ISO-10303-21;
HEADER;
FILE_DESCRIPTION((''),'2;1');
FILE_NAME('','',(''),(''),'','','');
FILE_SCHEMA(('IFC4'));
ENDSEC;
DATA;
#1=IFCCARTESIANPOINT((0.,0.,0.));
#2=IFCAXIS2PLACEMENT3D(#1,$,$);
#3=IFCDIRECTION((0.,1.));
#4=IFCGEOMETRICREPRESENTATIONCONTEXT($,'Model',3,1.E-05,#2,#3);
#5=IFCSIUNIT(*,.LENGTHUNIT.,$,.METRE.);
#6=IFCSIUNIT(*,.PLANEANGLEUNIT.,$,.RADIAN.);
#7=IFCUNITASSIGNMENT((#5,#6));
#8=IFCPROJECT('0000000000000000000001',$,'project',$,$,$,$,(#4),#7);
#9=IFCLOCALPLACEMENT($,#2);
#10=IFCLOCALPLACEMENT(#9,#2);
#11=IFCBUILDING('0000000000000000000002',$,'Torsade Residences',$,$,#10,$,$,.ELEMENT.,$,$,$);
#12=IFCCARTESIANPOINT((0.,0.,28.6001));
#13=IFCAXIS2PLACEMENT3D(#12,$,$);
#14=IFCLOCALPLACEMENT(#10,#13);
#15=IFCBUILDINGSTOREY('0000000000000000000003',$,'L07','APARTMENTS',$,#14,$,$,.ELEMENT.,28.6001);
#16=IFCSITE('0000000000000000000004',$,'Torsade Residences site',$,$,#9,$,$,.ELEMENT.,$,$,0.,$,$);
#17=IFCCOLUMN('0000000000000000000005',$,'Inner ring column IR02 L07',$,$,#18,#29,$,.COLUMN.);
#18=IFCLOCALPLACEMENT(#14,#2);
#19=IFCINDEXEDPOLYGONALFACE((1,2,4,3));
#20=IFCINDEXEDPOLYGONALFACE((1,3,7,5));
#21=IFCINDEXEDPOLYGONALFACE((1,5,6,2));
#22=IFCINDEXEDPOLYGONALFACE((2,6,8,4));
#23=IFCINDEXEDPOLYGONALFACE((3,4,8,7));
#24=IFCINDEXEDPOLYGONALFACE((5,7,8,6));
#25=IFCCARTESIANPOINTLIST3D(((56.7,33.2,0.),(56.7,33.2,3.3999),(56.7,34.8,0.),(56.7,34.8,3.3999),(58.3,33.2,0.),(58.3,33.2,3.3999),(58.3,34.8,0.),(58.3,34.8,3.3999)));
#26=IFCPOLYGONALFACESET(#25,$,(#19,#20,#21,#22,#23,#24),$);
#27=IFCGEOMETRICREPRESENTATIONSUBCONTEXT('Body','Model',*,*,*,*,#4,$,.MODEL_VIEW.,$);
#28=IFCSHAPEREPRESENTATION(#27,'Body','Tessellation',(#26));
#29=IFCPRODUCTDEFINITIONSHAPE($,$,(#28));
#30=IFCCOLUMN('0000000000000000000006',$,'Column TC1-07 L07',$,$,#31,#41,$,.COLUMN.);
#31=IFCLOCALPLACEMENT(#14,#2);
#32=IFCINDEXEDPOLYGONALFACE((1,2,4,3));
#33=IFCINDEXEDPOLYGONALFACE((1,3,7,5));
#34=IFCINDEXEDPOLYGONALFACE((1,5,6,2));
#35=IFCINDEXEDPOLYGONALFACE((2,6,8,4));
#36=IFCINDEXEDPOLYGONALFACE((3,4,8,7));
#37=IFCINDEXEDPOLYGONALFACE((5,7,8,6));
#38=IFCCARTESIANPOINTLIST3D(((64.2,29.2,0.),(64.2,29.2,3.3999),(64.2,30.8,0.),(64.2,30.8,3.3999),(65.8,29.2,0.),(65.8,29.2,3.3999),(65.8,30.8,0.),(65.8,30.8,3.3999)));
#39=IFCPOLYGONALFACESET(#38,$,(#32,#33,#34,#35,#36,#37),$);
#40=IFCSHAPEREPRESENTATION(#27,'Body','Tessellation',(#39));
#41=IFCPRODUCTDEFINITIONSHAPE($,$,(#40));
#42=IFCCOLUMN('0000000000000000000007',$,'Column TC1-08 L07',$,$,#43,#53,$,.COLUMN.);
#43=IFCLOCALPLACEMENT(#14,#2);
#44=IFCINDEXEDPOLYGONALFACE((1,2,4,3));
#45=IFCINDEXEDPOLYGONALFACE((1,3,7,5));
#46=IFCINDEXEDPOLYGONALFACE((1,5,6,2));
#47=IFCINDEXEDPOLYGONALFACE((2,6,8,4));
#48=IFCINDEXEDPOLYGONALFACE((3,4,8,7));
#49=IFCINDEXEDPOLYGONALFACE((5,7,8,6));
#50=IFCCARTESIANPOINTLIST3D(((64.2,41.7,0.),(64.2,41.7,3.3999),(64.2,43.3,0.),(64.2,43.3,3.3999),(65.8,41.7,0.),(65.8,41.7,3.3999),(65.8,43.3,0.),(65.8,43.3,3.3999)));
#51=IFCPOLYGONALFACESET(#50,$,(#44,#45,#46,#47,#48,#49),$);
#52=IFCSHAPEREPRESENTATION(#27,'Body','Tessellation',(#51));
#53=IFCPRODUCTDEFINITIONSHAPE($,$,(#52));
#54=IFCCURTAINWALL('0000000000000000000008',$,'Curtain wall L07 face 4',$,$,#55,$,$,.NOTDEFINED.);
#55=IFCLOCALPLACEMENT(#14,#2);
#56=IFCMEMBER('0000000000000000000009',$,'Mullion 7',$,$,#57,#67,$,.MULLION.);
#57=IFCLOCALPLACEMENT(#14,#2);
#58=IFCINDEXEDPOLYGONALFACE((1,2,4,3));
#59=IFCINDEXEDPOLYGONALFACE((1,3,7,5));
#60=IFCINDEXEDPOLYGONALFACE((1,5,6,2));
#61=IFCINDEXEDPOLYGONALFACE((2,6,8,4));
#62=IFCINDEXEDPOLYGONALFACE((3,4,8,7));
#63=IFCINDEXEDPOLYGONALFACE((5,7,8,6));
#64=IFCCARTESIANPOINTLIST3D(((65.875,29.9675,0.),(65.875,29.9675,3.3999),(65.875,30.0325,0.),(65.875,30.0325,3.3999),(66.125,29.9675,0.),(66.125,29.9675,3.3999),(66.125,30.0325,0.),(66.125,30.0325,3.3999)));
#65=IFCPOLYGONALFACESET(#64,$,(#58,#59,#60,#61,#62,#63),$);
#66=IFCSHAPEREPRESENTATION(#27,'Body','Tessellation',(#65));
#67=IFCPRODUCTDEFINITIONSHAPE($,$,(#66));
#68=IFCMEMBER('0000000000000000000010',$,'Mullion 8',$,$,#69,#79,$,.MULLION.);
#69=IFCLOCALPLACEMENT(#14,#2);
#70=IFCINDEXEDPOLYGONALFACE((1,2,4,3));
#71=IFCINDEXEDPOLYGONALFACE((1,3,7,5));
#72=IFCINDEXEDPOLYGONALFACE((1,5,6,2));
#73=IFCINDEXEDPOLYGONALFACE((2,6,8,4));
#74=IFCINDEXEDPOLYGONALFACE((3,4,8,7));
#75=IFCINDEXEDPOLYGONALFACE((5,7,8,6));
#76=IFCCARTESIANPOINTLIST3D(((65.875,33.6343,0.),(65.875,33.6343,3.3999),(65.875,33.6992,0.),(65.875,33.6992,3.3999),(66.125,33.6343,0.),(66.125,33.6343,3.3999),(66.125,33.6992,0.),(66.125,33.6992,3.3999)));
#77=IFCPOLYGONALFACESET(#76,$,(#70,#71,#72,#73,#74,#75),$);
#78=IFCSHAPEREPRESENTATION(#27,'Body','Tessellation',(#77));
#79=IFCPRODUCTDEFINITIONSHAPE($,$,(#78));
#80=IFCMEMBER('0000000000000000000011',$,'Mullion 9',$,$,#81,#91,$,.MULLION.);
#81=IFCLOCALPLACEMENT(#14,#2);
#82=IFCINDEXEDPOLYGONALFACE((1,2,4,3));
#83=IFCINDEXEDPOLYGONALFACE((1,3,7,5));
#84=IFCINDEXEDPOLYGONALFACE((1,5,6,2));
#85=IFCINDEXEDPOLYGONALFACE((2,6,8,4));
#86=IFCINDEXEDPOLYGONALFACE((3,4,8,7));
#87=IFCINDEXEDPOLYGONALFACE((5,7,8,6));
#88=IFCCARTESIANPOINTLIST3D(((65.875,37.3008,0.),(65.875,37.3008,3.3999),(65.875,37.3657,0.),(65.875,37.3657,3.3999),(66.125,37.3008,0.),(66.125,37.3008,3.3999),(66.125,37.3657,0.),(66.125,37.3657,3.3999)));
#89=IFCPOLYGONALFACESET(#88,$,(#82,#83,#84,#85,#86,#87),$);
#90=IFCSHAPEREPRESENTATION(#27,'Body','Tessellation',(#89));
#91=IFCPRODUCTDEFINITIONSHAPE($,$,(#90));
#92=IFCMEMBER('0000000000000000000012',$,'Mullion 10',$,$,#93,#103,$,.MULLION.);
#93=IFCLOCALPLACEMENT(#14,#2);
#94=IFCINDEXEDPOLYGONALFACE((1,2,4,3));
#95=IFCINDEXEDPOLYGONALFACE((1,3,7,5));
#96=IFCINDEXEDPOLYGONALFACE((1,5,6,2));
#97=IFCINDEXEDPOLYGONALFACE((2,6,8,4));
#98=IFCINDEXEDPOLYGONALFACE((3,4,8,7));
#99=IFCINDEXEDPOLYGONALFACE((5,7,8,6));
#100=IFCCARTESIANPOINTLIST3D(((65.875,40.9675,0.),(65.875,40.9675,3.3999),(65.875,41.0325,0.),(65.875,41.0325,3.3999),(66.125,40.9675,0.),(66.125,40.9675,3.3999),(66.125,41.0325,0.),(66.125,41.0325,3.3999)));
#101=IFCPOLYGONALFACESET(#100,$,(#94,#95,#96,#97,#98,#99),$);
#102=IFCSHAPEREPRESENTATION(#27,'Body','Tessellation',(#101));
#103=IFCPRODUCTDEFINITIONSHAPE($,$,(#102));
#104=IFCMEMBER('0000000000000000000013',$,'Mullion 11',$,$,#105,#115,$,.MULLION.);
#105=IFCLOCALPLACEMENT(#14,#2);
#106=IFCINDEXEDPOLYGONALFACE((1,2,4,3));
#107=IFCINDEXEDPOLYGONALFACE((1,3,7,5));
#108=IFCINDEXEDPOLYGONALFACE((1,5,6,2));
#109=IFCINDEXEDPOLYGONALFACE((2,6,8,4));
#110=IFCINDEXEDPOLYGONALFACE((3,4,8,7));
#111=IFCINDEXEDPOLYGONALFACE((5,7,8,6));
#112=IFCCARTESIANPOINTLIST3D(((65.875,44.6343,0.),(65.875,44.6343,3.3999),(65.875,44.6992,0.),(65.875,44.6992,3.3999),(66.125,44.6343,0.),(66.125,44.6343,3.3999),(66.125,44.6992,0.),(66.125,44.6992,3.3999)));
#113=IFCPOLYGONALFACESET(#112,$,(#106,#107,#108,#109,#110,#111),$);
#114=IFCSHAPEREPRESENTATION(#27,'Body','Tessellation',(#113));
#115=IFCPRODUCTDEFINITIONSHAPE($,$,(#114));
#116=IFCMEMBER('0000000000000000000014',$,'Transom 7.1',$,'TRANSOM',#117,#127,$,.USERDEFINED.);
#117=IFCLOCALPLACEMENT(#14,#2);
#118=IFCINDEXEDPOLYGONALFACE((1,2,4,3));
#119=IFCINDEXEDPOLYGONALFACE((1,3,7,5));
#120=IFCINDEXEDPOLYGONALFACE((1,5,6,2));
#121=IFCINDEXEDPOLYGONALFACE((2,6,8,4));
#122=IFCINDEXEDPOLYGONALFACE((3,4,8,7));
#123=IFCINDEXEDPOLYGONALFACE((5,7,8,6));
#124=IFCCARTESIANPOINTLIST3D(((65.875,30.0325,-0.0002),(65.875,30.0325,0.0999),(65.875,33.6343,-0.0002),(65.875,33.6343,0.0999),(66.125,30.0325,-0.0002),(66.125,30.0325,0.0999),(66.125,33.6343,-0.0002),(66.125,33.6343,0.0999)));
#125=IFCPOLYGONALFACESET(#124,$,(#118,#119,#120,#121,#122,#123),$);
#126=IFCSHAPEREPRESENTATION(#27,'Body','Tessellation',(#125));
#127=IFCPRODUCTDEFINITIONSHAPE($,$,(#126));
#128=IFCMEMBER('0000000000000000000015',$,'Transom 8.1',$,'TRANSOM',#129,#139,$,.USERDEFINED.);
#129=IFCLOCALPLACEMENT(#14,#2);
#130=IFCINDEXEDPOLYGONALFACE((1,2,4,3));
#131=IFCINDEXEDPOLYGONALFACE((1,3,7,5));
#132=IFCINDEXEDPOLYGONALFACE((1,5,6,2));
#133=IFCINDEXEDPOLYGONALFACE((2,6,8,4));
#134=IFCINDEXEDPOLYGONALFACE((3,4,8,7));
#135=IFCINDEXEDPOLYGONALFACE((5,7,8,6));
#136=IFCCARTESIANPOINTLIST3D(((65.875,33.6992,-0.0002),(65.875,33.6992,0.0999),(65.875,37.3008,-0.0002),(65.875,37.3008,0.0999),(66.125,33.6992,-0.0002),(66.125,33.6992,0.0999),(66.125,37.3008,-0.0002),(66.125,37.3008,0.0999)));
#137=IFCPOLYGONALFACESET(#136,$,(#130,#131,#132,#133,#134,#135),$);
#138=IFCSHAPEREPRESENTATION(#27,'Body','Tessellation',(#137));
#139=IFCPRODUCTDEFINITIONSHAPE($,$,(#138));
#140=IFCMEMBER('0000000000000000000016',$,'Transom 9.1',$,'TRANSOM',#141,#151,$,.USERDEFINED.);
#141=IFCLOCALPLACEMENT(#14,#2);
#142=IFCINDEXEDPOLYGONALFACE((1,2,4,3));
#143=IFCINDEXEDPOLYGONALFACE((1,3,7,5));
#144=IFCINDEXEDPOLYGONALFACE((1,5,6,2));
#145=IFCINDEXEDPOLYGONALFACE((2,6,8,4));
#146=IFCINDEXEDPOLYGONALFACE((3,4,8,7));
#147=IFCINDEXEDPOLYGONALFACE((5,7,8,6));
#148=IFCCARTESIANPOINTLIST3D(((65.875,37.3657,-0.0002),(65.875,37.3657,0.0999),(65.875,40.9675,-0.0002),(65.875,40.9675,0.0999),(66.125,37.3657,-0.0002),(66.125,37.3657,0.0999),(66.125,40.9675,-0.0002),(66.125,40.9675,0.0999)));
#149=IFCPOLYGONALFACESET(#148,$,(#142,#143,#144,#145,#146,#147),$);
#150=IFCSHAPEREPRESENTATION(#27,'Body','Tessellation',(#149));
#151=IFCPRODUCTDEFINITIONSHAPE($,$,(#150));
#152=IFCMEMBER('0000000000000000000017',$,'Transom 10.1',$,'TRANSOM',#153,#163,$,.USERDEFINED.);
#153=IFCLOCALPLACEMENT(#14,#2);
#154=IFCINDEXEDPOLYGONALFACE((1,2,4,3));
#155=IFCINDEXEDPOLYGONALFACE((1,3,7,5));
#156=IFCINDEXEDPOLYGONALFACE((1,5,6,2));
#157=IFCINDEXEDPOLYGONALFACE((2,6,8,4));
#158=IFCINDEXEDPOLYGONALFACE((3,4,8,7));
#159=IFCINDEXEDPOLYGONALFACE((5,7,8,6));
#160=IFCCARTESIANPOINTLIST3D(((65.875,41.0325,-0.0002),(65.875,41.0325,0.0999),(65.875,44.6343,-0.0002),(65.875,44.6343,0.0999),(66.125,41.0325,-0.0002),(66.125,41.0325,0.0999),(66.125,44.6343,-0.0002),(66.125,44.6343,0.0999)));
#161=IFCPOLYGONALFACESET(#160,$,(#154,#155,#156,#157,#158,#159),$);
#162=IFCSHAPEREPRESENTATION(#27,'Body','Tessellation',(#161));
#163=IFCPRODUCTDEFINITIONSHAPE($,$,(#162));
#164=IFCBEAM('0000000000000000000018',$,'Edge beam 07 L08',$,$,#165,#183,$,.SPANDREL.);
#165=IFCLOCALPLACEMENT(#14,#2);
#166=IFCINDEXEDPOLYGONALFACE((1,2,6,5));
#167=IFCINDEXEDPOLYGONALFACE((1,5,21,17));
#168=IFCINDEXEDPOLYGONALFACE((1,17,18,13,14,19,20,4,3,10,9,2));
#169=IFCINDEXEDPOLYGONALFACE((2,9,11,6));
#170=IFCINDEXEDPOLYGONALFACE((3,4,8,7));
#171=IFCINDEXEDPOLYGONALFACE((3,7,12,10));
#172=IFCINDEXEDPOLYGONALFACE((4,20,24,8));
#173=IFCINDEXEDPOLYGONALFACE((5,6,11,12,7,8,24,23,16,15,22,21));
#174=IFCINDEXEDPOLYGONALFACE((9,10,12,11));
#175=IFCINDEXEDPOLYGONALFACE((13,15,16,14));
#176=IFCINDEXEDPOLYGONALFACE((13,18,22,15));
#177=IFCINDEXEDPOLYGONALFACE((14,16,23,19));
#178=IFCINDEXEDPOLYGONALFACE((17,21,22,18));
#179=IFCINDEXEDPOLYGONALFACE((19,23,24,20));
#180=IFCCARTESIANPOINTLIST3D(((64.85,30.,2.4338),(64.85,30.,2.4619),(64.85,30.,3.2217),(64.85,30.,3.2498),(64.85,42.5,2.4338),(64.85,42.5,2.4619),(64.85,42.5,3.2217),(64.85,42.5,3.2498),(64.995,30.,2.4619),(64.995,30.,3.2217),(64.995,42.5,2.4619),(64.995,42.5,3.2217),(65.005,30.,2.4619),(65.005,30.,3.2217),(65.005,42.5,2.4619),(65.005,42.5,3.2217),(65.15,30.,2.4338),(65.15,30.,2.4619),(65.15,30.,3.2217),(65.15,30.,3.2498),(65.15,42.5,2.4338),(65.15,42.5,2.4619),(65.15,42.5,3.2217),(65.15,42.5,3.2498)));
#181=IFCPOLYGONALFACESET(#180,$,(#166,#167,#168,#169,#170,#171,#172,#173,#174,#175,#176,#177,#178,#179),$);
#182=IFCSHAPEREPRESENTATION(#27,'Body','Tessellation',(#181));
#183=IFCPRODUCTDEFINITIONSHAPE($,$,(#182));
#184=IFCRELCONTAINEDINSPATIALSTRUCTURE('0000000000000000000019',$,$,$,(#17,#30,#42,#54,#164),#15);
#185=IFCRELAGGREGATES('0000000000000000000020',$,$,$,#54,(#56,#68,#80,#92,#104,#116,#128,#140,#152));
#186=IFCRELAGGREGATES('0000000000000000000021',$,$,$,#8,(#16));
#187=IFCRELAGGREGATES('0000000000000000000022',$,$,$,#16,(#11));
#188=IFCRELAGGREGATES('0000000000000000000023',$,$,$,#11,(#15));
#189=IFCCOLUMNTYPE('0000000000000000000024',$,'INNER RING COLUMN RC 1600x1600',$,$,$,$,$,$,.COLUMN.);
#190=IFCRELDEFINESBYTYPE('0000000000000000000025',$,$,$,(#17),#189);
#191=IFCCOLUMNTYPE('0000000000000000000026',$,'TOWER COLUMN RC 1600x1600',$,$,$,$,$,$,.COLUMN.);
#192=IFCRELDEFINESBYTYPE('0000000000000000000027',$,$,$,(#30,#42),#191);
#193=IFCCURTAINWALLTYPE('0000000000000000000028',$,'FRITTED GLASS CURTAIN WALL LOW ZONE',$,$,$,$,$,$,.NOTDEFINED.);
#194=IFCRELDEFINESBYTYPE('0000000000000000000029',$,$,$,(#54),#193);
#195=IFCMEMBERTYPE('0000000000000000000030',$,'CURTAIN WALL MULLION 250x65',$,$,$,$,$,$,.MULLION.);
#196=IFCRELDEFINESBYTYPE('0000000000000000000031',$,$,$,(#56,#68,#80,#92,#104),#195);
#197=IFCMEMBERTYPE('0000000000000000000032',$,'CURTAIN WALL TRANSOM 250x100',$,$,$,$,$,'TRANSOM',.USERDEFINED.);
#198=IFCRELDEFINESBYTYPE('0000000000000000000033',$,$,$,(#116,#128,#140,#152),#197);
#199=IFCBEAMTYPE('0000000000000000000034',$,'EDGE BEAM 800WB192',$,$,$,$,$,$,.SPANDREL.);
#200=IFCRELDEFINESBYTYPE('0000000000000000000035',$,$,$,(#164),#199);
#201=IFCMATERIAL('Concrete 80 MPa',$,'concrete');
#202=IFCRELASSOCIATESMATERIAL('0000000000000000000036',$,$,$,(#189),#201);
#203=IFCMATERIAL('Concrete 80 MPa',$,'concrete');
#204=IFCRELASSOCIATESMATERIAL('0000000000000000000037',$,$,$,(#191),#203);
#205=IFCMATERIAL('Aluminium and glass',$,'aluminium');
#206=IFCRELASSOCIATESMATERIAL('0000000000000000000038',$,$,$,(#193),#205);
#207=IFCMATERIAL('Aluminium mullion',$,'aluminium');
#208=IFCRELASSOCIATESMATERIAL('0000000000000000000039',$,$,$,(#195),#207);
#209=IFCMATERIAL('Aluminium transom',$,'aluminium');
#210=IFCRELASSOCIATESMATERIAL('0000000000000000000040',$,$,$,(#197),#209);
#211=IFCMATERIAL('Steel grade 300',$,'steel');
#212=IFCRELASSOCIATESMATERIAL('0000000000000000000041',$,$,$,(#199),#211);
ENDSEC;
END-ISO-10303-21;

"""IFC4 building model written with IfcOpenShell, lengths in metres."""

from ifc_helpers import new_model, si_unit, direction, frame, origin, origin_2d, place, context, subcontext, project, spatial, rectangle, i_section, extrude, material, material_profile, profile_set, type_object, element, aggregate, save


model = new_model("IFC4")

# Units and contexts
model_context = context("Model", 3, precision=1e-05, world=origin(), true_north=direction((0.0, 1.0)))
body_context = subcontext(model_context, "Body", "Model", "MODEL_VIEW")
ifc_project = project(units=[si_unit("LENGTHUNIT", "METRE"), si_unit("PLANEANGLEUNIT", "RADIAN")], contexts=[model_context])

# Site, building, storey
site_placement = place(None, origin())
site = spatial("IfcSite", under=ifc_project, at=site_placement, Name="Torsade Residences site", CompositionType="ELEMENT", RefElevation=0.0)
building_placement = place(site_placement, origin())
building = spatial("IfcBuilding", under=site, at=building_placement, Name="Torsade Residences", CompositionType="ELEMENT")
storey_placement = place(building_placement, frame((0.0, 0.0, 28.6001)))
storey = spatial("IfcBuildingStorey", under=building, at=storey_placement, Name="L07", Description="APARTMENTS", CompositionType="ELEMENT", Elevation=28.6001)

# Columns
ifc_material_1 = material(Name="Concrete 80 MPa", Category="concrete")
ifc_material_profile_1 = material_profile(ifc_material_1, rectangle(XDim=1.6001, YDim=1.6001, at=origin_2d()), Name="RC 1600x1600")
ifc_profile_set_1 = profile_set([ifc_material_profile_1], Name="Concrete 80 MPa")
column_type_1 = type_object("IfcColumnType", Name="INNER RING COLUMN RC 1600x1600", PredefinedType="COLUMN", material=ifc_profile_set_1)
column_placement = place(storey_placement, frame((57.5, 34.0, 0.0), z_axis=(0.0, 0.0, 1.0), x_axis=(1.0, 0.0, 0.0)))
element("IfcColumn", 1, at=column_placement, inside=storey, type_object=column_type_1, Name="Inner ring column IR02 L07", PredefinedType="COLUMN", context=body_context, shape_type="SweptSolid", body=[
    extrude(rectangle(XDim=1.6001, YDim=1.6001, at=origin_2d()), origin(), (0.0, 0.0, 1.0), 3.3999),
])
ifc_material_2 = material(Name="Concrete 80 MPa", Category="concrete")
ifc_material_profile_2 = material_profile(ifc_material_2, rectangle(XDim=1.6001, YDim=1.6001, at=origin_2d()), Name="RC 1600x1600")
ifc_profile_set_2 = profile_set([ifc_material_profile_2], Name="Concrete 80 MPa")
column_type_2 = type_object("IfcColumnType", Name="TOWER COLUMN RC 1600x1600", PredefinedType="COLUMN", material=ifc_profile_set_2)
for number, where, z_axis, x_axis, name in (
    (2, (65.0, 30.0, 0.0), (0.0, 0.0, 1.0), (1.0, 0.0, 0.0), "Column TC1-07 L07"),
    (3, (65.0, 42.5, 0.0), (0.0, 0.0, 1.0), (1.0, 0.0, 0.0), "Column TC1-08 L07"),
):
    element("IfcColumn", number, at=place(storey_placement, frame(where, z_axis=z_axis, x_axis=x_axis)), inside=storey, type_object=column_type_2, Name=name, PredefinedType="COLUMN", context=body_context, shape_type="SweptSolid", body=[
        extrude(rectangle(XDim=1.6001, YDim=1.6001, at=origin_2d()), origin(), (0.0, 0.0, 1.0), 3.3999),
    ])

# Curtain wall, members
ifc_material_3 = material(Name="Aluminium and glass", Category="aluminium")
curtain_wall_type = type_object("IfcCurtainWallType", Name="FRITTED GLASS CURTAIN WALL LOW ZONE", PredefinedType="NOTDEFINED", material=ifc_material_3)
curtain_wall_placement = place(storey_placement, origin())
curtain_wall = element("IfcCurtainWall", 4, at=curtain_wall_placement, inside=storey, type_object=curtain_wall_type, Name="Curtain wall L07 face 4", PredefinedType="NOTDEFINED")
ifc_material_4 = material(Name="Aluminium mullion", Category="aluminium")
ifc_material_profile_3 = material_profile(ifc_material_4, rectangle(XDim=0.25, YDim=0.0649, at=origin_2d()), Name="CURTAIN WALL MULLION 250x65")
ifc_profile_set_3 = profile_set([ifc_material_profile_3], Name="Aluminium mullion")
member_type_1 = type_object("IfcMemberType", Name="CURTAIN WALL MULLION 250x65", PredefinedType="MULLION", material=ifc_profile_set_3)
member_1_placement = place(storey_placement, frame((66.0, 30.0, 0.0), z_axis=(0.0, 0.0, 1.0), x_axis=(-1.0, 0.0, 0.0)))
member_1 = element("IfcMember", 5, at=member_1_placement, type_object=member_type_1, Name="Mullion 7", PredefinedType="MULLION", context=body_context, shape_type="SweptSolid", body=[
    extrude(rectangle(XDim=0.25, YDim=0.0649, at=origin_2d()), origin(), (0.0, 0.0, 1.0), 3.3999),
])
member_2_placement = place(storey_placement, frame((66.0, 33.6667, 0.0), z_axis=(0.0, 0.0, 1.0), x_axis=(-1.0, 0.0, 0.0)))
member_2 = element("IfcMember", 6, at=member_2_placement, type_object=member_type_1, Name="Mullion 8", PredefinedType="MULLION", context=body_context, shape_type="SweptSolid", body=[
    extrude(rectangle(XDim=0.25, YDim=0.0649, at=origin_2d()), origin(), (0.0, 0.0, 1.0), 3.3999),
])
member_3_placement = place(storey_placement, frame((66.0, 37.3333, 0.0), z_axis=(0.0, 0.0, 1.0), x_axis=(-1.0, 0.0, 0.0)))
member_3 = element("IfcMember", 7, at=member_3_placement, type_object=member_type_1, Name="Mullion 9", PredefinedType="MULLION", context=body_context, shape_type="SweptSolid", body=[
    extrude(rectangle(XDim=0.25, YDim=0.0649, at=origin_2d()), origin(), (0.0, 0.0, 1.0), 3.3999),
])
member_4_placement = place(storey_placement, frame((66.0, 41.0, 0.0), z_axis=(0.0, 0.0, 1.0), x_axis=(-1.0, 0.0, 0.0)))
member_4 = element("IfcMember", 8, at=member_4_placement, type_object=member_type_1, Name="Mullion 10", PredefinedType="MULLION", context=body_context, shape_type="SweptSolid", body=[
    extrude(rectangle(XDim=0.25, YDim=0.0649, at=origin_2d()), origin(), (0.0, 0.0, 1.0), 3.3999),
])
member_5_placement = place(storey_placement, frame((66.0, 44.6667, 0.0), z_axis=(0.0, 0.0, 1.0), x_axis=(-1.0, 0.0, 0.0)))
member_5 = element("IfcMember", 9, at=member_5_placement, type_object=member_type_1, Name="Mullion 11", PredefinedType="MULLION", context=body_context, shape_type="SweptSolid", body=[
    extrude(rectangle(XDim=0.25, YDim=0.0649, at=origin_2d()), origin(), (0.0, 0.0, 1.0), 3.3999),
])
ifc_material_5 = material(Name="Aluminium transom", Category="aluminium")
ifc_material_profile_4 = material_profile(ifc_material_5, rectangle(XDim=0.25, YDim=0.1001, at=origin_2d()), Name="CURTAIN WALL TRANSOM 250x100")
ifc_profile_set_4 = profile_set([ifc_material_profile_4], Name="Aluminium transom")
member_type_2 = type_object("IfcMemberType", Name="CURTAIN WALL TRANSOM 250x100", ElementType="TRANSOM", PredefinedType="USERDEFINED", material=ifc_profile_set_4)
member_6_placement = place(storey_placement, frame((66.0, 30.0325, 0.0498), z_axis=(0.0, 1.0, 0.0), x_axis=(-1.0, 0.0, 0.0)))
member_6 = element("IfcMember", 10, at=member_6_placement, type_object=member_type_2, Name="Transom 7.1", ObjectType="TRANSOM", PredefinedType="USERDEFINED", context=body_context, shape_type="SweptSolid", body=[
    extrude(rectangle(XDim=0.25, YDim=0.1001, at=origin_2d()), origin(), (0.0, 0.0, 1.0), 3.6018),
])
member_7_placement = place(storey_placement, frame((66.0, 33.6992, 0.0498), z_axis=(0.0, 1.0, 0.0), x_axis=(-1.0, 0.0, 0.0)))
member_7 = element("IfcMember", 11, at=member_7_placement, type_object=member_type_2, Name="Transom 8.1", ObjectType="TRANSOM", PredefinedType="USERDEFINED", context=body_context, shape_type="SweptSolid", body=[
    extrude(rectangle(XDim=0.25, YDim=0.1001, at=origin_2d()), origin(), (0.0, 0.0, 1.0), 3.6016),
])
member_8_placement = place(storey_placement, frame((66.0, 37.3657, 0.0498), z_axis=(0.0, 1.0, 0.0), x_axis=(-1.0, 0.0, 0.0)))
member_8 = element("IfcMember", 12, at=member_8_placement, type_object=member_type_2, Name="Transom 9.1", ObjectType="TRANSOM", PredefinedType="USERDEFINED", context=body_context, shape_type="SweptSolid", body=[
    extrude(rectangle(XDim=0.25, YDim=0.1001, at=origin_2d()), origin(), (0.0, 0.0, 1.0), 3.6018),
])
member_9_placement = place(storey_placement, frame((66.0, 41.0325, 0.0498), z_axis=(0.0, 1.0, 0.0), x_axis=(-1.0, 0.0, 0.0)))
member_9 = element("IfcMember", 13, at=member_9_placement, type_object=member_type_2, Name="Transom 10.1", ObjectType="TRANSOM", PredefinedType="USERDEFINED", context=body_context, shape_type="SweptSolid", body=[
    extrude(rectangle(XDim=0.25, YDim=0.1001, at=origin_2d()), origin(), (0.0, 0.0, 1.0), 3.6018),
])

# Beam
ifc_material_6 = material(Name="Steel grade 300", Category="steel")
ifc_material_profile_5 = material_profile(ifc_material_6, i_section(OverallWidth=0.3, OverallDepth=0.8159, WebThickness=0.01, FlangeThickness=0.0281, at=origin_2d()), Name="800WB192")
ifc_profile_set_5 = profile_set([ifc_material_profile_5], Name="Steel grade 300")
beam_type_1 = type_object("IfcBeamType", Name="EDGE BEAM 800WB192", PredefinedType="SPANDREL", material=ifc_profile_set_5)
for number, where, z_axis, x_axis, name in (
    (14, (65.0, 30.0, 2.8418), (0.0, 1.0, 0.0), (-1.0, 0.0, 0.0), "Edge beam 07 L08"),
):
    element("IfcBeam", number, at=place(storey_placement, frame(where, z_axis=z_axis, x_axis=x_axis)), inside=storey, type_object=beam_type_1, Name=name, PredefinedType="SPANDREL", context=body_context, shape_type="SweptSolid", body=[
        extrude(i_section(OverallWidth=0.3, OverallDepth=0.8159, WebThickness=0.01, FlangeThickness=0.0281, at=origin_2d()), origin(), (0.0, 0.0, 1.0), 12.5),
    ])

aggregate(curtain_wall, [member_1, member_2, member_3, member_4, member_5, member_6, member_7, member_8, member_9])

save(model, "model.ifc")
